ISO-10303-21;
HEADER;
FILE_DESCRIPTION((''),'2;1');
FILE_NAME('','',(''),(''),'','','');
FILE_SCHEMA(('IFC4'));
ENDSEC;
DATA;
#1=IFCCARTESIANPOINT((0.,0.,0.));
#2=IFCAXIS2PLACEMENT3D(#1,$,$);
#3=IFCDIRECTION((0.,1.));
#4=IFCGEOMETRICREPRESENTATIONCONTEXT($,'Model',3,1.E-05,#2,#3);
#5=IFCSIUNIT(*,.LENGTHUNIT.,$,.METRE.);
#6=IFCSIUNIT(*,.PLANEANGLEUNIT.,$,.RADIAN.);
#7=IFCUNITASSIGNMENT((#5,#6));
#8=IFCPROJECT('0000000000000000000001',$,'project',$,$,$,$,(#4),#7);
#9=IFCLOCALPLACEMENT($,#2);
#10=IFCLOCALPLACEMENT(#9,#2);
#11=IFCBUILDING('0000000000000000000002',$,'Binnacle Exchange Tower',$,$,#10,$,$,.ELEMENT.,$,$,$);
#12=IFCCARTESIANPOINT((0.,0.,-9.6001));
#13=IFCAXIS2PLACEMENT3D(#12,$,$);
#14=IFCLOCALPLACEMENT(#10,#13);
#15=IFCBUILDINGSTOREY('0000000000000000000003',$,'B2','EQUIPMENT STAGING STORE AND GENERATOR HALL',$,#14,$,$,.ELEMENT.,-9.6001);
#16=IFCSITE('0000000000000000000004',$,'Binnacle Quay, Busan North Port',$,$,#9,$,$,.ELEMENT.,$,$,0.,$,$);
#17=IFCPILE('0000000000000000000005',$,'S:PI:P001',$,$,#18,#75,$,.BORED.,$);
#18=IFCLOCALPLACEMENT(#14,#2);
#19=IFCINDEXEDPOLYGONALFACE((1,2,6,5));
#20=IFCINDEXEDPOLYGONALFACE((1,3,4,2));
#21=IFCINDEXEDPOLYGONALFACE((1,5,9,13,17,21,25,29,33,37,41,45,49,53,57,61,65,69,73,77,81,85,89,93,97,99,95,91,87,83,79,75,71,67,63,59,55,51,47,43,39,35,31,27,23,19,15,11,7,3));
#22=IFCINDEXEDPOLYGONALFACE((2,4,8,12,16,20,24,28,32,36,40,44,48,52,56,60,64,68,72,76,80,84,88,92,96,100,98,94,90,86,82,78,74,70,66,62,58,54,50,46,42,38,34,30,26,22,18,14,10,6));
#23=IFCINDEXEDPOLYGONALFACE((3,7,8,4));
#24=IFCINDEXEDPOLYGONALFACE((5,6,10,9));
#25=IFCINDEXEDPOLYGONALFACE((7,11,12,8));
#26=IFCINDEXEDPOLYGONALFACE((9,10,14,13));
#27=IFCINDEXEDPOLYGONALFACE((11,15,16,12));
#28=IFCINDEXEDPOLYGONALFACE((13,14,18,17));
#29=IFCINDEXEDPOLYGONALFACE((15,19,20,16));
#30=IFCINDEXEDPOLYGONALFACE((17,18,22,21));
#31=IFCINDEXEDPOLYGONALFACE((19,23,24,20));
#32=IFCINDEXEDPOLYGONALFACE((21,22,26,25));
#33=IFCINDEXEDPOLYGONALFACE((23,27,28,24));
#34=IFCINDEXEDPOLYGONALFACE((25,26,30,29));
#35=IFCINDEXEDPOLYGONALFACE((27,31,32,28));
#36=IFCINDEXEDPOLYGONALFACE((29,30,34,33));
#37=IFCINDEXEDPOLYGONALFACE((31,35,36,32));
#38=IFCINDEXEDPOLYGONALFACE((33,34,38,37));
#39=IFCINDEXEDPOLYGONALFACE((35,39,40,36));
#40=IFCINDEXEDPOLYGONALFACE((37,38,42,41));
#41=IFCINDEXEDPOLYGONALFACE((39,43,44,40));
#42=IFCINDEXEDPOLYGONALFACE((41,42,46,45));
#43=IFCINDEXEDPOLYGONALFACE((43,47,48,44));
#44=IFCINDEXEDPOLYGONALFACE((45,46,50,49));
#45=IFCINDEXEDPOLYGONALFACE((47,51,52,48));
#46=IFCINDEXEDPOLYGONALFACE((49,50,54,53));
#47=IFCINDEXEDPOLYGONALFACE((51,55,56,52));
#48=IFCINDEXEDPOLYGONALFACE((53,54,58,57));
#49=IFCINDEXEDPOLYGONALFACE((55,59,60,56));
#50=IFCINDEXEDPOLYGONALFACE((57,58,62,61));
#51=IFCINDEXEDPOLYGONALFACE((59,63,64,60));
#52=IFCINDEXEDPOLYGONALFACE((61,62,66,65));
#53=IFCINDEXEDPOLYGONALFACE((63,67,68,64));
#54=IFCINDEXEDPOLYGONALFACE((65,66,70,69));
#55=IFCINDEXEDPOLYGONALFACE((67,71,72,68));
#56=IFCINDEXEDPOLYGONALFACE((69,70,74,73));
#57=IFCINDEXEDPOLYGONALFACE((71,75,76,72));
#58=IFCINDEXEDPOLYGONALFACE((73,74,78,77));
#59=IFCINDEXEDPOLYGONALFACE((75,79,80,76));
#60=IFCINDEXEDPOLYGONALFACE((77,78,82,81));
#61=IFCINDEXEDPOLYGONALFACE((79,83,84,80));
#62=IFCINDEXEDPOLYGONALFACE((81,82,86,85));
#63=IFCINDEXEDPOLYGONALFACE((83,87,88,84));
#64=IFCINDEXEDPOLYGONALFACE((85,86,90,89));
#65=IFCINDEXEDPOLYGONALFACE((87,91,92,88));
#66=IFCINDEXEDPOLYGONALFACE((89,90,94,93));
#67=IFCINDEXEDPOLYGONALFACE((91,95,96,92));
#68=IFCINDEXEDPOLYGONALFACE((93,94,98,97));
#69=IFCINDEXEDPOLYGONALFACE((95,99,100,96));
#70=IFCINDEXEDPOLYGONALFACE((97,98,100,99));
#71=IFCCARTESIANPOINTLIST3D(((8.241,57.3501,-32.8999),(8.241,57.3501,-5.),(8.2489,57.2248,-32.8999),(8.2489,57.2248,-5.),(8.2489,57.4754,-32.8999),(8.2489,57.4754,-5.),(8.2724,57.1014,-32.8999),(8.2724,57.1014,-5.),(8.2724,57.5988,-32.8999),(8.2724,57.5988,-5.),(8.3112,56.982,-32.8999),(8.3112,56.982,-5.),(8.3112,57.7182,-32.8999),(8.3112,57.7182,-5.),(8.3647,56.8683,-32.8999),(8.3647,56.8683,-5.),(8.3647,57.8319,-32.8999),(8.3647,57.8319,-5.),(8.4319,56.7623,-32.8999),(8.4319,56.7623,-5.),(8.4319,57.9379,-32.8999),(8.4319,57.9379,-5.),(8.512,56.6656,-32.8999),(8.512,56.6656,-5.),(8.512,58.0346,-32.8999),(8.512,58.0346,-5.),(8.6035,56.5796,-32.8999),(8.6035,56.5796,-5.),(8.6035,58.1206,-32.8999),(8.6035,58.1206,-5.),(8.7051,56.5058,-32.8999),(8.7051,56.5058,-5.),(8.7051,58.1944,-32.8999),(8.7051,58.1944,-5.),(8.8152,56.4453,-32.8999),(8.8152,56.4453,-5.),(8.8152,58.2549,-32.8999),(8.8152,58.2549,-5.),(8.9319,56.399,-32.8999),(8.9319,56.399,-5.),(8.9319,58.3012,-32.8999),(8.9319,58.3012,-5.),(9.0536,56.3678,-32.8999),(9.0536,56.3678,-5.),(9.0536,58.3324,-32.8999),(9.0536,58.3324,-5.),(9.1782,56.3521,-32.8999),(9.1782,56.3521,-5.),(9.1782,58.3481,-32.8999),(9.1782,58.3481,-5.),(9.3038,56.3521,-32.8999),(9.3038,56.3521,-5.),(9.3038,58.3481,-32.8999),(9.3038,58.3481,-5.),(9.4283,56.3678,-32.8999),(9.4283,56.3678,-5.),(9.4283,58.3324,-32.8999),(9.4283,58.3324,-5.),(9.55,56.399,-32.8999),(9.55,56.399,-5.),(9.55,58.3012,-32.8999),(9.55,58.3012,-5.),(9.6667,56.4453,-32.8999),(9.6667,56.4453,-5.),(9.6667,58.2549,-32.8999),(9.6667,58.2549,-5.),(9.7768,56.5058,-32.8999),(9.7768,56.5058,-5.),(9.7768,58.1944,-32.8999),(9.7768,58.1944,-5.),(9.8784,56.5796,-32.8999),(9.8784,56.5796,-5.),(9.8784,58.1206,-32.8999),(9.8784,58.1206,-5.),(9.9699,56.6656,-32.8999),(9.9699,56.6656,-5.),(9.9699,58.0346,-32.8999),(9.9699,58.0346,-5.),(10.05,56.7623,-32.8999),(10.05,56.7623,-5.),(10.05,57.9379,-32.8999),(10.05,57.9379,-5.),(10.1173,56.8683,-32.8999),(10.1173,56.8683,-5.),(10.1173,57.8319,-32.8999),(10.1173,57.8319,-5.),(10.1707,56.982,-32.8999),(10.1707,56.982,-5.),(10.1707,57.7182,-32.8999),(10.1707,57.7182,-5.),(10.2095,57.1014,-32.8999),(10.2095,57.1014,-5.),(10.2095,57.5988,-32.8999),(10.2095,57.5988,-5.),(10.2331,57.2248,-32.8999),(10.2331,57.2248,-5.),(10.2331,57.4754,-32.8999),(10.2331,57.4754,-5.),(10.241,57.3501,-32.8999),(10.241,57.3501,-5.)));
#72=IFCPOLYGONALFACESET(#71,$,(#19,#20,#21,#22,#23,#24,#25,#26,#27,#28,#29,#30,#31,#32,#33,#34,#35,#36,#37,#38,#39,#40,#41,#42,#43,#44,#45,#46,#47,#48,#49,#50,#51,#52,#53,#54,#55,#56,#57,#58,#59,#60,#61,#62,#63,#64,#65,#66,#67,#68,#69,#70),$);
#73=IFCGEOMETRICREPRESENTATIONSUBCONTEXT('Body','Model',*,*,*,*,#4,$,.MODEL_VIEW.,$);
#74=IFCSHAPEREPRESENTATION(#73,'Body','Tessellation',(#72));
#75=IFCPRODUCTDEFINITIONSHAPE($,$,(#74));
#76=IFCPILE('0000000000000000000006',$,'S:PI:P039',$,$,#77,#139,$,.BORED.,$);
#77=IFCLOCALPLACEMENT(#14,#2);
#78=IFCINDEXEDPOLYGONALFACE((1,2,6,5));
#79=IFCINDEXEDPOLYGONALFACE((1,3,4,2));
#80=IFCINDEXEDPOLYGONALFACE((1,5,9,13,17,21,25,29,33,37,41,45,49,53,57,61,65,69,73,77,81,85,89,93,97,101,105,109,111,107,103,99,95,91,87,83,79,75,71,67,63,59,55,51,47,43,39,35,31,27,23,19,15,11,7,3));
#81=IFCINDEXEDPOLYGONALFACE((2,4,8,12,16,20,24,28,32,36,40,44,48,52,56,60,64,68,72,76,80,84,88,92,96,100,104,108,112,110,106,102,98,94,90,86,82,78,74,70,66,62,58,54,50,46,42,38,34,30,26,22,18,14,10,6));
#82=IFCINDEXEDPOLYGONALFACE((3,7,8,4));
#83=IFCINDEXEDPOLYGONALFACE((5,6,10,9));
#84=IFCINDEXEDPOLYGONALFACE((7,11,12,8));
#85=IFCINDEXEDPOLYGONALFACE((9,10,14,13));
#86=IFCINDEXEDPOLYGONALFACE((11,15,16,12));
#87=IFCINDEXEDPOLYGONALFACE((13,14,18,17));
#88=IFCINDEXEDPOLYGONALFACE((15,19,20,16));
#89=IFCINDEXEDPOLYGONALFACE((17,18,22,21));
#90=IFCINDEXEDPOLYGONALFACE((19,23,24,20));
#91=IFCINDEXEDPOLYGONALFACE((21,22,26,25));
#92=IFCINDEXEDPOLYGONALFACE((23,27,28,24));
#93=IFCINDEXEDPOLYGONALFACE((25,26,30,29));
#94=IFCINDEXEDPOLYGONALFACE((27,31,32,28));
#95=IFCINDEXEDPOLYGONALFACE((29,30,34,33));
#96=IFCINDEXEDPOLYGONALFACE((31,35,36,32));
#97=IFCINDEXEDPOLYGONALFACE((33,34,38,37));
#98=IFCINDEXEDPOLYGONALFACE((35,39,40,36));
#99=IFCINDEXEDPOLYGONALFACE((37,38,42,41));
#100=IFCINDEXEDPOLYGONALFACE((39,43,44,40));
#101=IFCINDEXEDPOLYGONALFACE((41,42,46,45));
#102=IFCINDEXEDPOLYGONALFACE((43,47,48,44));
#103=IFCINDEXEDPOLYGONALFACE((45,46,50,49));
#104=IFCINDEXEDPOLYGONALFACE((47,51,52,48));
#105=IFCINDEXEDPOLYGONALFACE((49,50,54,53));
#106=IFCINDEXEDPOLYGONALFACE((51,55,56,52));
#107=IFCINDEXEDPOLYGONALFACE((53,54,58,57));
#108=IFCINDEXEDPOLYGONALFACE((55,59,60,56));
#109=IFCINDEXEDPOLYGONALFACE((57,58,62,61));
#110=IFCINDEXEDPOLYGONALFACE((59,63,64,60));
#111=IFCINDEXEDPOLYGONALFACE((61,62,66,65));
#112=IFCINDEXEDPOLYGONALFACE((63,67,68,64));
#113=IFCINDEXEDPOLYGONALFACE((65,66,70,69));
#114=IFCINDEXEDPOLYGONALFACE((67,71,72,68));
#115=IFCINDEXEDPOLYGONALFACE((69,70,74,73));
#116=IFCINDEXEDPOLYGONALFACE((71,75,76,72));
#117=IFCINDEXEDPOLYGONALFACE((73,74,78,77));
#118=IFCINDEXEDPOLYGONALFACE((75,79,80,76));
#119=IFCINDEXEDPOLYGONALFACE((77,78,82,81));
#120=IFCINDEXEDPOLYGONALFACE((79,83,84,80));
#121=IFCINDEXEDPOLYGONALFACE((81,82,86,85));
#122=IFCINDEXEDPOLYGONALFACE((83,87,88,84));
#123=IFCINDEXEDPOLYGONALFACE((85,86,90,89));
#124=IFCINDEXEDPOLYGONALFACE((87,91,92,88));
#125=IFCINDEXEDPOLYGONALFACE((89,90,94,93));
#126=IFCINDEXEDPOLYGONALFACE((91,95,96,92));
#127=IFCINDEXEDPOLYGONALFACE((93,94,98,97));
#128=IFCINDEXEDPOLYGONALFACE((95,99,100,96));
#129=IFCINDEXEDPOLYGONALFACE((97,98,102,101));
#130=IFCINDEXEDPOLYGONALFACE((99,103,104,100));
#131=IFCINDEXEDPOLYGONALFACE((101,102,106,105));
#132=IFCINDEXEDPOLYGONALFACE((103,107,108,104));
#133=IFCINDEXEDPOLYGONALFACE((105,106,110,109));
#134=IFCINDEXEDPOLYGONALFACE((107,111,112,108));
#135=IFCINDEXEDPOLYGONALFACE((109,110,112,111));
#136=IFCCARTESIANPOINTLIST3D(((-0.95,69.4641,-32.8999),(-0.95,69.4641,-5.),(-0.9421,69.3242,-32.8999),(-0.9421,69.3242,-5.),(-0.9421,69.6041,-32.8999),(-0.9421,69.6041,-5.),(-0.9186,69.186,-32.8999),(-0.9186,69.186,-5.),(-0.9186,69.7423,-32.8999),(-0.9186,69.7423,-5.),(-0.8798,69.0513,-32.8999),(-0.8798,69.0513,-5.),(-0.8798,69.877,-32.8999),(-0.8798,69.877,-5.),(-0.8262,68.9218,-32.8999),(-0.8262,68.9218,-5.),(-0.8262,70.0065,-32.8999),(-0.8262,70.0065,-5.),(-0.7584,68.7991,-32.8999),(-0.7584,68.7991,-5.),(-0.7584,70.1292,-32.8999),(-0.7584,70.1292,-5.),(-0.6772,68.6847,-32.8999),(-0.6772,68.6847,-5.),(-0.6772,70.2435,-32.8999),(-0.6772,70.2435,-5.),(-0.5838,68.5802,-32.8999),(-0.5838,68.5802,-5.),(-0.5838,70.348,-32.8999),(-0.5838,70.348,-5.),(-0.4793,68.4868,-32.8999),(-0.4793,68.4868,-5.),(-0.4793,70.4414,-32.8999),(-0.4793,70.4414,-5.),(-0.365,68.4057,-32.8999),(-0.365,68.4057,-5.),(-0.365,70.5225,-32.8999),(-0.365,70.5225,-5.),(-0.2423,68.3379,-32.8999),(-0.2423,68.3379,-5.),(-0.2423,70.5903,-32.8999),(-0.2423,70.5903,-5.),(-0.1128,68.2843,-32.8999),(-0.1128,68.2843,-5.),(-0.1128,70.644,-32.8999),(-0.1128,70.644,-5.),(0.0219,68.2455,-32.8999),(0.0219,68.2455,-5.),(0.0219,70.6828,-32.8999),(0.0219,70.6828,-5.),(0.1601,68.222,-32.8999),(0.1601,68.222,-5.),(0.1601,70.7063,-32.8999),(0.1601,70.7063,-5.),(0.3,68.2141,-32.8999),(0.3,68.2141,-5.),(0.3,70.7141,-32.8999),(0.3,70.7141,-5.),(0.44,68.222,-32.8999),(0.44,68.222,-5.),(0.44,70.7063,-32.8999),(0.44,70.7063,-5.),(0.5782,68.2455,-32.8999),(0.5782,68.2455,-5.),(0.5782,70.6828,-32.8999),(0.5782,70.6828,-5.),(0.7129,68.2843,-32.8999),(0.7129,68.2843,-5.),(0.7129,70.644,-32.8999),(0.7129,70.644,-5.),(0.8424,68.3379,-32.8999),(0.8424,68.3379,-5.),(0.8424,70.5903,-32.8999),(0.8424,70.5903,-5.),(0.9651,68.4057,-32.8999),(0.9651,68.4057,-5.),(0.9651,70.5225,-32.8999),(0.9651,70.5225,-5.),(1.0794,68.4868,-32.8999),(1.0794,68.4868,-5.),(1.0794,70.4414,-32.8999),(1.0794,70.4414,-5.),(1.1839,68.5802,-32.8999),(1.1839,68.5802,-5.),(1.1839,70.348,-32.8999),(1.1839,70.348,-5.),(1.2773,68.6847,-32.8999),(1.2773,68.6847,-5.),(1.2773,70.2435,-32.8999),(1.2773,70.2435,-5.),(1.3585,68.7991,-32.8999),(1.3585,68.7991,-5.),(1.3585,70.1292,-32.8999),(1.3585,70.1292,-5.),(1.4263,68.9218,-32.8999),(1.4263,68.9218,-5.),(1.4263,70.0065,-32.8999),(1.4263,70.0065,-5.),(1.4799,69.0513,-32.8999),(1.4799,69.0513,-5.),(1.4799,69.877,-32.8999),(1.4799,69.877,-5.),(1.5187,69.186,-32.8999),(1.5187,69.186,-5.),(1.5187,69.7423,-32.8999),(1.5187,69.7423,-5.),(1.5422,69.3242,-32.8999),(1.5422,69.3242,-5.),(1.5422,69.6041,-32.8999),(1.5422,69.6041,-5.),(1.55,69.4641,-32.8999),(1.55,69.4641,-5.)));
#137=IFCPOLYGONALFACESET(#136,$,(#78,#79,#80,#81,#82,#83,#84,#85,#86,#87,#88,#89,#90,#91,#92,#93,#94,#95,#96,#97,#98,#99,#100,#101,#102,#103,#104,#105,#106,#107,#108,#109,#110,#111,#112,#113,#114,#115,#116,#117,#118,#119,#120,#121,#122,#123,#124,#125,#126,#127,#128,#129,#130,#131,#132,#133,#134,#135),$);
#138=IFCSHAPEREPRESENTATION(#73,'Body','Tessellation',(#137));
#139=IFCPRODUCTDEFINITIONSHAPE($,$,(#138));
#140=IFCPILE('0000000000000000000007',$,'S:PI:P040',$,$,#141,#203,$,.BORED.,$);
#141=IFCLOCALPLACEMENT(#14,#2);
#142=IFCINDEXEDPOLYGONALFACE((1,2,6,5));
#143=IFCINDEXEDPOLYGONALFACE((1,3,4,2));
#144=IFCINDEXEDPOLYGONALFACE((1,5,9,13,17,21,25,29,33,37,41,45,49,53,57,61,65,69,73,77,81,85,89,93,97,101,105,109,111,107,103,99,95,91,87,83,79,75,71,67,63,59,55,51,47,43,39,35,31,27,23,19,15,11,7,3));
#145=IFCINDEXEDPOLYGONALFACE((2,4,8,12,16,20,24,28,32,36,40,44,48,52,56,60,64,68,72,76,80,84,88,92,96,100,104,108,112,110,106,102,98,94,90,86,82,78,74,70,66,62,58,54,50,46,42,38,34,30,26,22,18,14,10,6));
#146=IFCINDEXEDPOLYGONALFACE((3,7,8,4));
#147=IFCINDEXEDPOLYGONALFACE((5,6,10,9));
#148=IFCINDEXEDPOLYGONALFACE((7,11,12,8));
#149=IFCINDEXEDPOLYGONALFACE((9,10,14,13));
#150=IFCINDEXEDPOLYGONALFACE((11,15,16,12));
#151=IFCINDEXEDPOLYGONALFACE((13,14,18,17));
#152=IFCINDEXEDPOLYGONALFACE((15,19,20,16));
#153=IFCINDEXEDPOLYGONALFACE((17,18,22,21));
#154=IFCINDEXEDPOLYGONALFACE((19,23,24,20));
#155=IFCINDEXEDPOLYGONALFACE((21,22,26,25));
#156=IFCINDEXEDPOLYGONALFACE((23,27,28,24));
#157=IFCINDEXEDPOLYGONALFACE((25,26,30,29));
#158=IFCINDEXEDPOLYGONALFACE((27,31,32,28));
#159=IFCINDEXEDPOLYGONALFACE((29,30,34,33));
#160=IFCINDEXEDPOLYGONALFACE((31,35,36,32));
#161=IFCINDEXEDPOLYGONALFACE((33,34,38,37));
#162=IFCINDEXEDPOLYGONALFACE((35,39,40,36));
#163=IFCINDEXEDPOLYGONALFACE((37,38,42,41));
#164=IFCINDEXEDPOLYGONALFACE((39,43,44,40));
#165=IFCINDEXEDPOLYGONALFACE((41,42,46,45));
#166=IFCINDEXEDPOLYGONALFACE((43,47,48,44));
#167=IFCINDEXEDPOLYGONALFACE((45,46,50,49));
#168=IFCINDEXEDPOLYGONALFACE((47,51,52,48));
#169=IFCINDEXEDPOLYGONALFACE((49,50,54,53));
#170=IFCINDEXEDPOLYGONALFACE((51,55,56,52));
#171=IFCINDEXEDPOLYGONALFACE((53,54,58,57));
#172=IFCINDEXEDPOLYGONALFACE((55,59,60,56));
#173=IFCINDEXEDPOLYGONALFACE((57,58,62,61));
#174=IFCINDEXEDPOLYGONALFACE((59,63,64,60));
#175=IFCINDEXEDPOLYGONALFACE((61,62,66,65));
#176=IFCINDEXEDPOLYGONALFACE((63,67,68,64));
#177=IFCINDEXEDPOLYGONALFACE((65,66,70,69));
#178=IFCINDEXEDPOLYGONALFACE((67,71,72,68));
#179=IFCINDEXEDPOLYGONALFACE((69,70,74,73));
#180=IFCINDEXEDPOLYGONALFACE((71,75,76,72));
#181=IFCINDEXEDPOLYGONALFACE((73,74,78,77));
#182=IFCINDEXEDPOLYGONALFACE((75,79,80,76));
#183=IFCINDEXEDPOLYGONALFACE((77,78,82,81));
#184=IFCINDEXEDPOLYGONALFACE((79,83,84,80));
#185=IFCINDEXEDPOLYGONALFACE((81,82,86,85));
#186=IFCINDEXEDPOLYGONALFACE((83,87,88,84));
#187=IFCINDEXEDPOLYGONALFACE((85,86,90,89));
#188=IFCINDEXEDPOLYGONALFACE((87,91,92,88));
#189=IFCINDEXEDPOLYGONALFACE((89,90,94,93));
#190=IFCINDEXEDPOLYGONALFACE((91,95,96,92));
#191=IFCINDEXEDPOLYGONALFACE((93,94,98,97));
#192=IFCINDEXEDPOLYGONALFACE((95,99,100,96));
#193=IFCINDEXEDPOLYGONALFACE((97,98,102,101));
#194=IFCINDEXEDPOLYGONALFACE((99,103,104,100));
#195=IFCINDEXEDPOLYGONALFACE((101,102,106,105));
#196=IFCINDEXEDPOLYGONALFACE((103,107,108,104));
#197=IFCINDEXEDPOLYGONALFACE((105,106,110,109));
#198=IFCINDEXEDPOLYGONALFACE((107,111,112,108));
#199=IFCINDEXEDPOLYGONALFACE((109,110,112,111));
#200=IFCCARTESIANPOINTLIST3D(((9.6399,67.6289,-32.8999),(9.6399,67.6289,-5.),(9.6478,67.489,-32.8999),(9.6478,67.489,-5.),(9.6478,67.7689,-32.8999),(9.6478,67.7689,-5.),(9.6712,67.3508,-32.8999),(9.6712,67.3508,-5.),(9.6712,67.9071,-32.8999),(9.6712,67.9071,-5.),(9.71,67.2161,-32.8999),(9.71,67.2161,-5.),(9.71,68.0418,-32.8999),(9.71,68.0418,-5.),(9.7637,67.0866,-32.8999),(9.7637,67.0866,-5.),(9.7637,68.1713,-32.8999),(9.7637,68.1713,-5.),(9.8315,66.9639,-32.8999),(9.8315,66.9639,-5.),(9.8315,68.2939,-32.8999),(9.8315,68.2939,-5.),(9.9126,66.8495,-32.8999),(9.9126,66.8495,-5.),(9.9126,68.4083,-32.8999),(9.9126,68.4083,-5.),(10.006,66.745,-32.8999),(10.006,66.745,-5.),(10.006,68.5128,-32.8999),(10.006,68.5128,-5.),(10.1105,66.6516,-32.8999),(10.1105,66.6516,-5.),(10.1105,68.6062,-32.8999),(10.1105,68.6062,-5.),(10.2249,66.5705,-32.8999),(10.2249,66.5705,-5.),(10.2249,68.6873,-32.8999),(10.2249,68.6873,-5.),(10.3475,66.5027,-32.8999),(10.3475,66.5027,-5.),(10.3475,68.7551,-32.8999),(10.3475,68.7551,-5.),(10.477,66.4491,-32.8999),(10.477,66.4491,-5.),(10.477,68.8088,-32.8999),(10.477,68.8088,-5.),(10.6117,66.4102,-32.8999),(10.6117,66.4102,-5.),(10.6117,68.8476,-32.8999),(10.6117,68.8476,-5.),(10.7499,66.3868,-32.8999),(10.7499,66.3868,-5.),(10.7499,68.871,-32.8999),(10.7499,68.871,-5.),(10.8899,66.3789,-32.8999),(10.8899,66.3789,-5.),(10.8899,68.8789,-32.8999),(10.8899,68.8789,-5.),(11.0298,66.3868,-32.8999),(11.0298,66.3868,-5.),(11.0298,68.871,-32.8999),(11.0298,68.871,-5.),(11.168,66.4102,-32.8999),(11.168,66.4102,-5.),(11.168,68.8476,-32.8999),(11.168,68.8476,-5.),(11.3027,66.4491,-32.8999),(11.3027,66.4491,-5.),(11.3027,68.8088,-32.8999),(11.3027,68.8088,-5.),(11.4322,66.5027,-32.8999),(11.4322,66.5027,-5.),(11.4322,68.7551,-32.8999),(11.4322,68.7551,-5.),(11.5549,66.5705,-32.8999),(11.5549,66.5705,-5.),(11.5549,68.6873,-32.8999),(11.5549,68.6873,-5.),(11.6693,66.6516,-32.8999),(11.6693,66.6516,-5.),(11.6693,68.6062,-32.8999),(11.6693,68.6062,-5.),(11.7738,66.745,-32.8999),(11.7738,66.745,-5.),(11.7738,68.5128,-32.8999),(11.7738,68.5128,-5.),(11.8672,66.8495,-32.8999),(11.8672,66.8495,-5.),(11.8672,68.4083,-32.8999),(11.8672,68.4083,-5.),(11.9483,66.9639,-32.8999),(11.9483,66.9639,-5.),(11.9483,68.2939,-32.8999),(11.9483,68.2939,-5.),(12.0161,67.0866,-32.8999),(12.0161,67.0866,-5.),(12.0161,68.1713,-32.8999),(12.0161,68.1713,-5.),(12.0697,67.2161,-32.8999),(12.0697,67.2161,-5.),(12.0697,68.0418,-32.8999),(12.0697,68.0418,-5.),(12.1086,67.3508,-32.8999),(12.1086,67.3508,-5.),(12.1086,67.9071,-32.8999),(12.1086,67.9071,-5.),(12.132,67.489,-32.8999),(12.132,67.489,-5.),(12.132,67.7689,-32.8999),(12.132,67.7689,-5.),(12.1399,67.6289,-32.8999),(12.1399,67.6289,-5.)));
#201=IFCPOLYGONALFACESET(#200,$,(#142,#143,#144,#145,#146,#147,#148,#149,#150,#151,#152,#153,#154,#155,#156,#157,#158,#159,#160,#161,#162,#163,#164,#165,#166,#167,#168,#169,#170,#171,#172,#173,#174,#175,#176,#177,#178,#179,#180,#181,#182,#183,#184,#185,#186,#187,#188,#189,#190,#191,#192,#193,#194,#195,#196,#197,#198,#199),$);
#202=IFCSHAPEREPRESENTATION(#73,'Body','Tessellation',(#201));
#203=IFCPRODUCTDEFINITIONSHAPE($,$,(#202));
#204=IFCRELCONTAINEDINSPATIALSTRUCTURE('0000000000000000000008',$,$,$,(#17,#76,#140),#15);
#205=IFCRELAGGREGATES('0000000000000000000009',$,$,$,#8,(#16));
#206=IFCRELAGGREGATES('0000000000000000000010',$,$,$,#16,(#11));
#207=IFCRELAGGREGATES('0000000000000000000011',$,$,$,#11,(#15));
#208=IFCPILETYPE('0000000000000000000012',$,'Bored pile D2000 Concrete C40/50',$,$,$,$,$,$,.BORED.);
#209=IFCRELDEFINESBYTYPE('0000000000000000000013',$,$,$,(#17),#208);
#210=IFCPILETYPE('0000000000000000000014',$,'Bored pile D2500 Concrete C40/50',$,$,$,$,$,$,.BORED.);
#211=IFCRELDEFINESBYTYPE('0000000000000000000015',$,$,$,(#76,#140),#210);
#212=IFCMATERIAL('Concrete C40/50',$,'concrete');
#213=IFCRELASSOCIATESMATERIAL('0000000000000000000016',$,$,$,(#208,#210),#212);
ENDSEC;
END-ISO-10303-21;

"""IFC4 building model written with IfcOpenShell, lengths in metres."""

from ifc_helpers import new_model, si_unit, direction, frame, origin, origin_2d, place, context, subcontext, project, spatial, circle, extrude, material, material_profile, profile_set, type_object, element, save


model = new_model("IFC4")

# Units and contexts
model_context = context("Model", 3, precision=1e-05, world=origin(), true_north=direction((0.0, 1.0)))
body_context = subcontext(model_context, "Body", "Model", "MODEL_VIEW")
ifc_project = project(units=[si_unit("LENGTHUNIT", "METRE"), si_unit("PLANEANGLEUNIT", "RADIAN")], contexts=[model_context])

# Site, building, storey
site_placement = place(None, origin())
site = spatial("IfcSite", under=ifc_project, at=site_placement, Name="Binnacle Quay, Busan North Port", CompositionType="ELEMENT", RefElevation=0.0)
building_placement = place(site_placement, origin())
building = spatial("IfcBuilding", under=site, at=building_placement, Name="Binnacle Exchange Tower", CompositionType="ELEMENT")
storey_placement = place(building_placement, frame((0.0, 0.0, -9.6001)))
storey = spatial("IfcBuildingStorey", under=building, at=storey_placement, Name="B2", Description="EQUIPMENT STAGING STORE AND GENERATOR HALL", CompositionType="ELEMENT", Elevation=-9.6001)

# Piles
ifc_material_1 = material(Name="Concrete C40/50", Category="concrete")
ifc_material_profile_1 = material_profile(ifc_material_1, circle(Radius=1.0, at=origin_2d()), Name="Bored pile D2000")
ifc_profile_set_1 = profile_set([ifc_material_profile_1], Name="Concrete C40/50")
pile_type_1 = type_object("IfcPileType", Name="Bored pile D2000 Concrete C40/50", PredefinedType="BORED", material=ifc_profile_set_1)
pile_placement = place(storey_placement, frame((9.241, 57.3501, -5.0), z_axis=(0.0, 0.0, -1.0), x_axis=(1.0, 0.0, 0.0)))
element("IfcPile", 1, at=pile_placement, inside=storey, type_object=pile_type_1, Name="S:PI:P001", PredefinedType="BORED", context=body_context, shape_type="SweptSolid", body=[
    extrude(circle(Radius=1.0, at=origin_2d()), origin(), (0.0, 0.0, 1.0), 27.8999),
])
ifc_material_profile_2 = material_profile(ifc_material_1, circle(Radius=1.25, at=origin_2d()), Name="Bored pile D2500")
ifc_profile_set_2 = profile_set([ifc_material_profile_2], Name="Concrete C40/50")
pile_type_2 = type_object("IfcPileType", Name="Bored pile D2500 Concrete C40/50", PredefinedType="BORED", material=ifc_profile_set_2)
for number, where, z_axis, x_axis, name in (
    (2, (0.3, 69.4641, -5.0), (0.0, 0.0, -1.0), (1.0, 0.0, 0.0), "S:PI:P039"),
    (3, (10.8899, 67.6289, -5.0), (0.0, 0.0, -1.0), (1.0, 0.0, 0.0), "S:PI:P040"),
):
    element("IfcPile", number, at=place(storey_placement, frame(where, z_axis=z_axis, x_axis=x_axis)), inside=storey, type_object=pile_type_2, Name=name, PredefinedType="BORED", context=body_context, shape_type="SweptSolid", body=[
        extrude(circle(Radius=1.25, at=origin_2d()), origin(), (0.0, 0.0, 1.0), 27.8999),
    ])

save(model, "model.ifc")
